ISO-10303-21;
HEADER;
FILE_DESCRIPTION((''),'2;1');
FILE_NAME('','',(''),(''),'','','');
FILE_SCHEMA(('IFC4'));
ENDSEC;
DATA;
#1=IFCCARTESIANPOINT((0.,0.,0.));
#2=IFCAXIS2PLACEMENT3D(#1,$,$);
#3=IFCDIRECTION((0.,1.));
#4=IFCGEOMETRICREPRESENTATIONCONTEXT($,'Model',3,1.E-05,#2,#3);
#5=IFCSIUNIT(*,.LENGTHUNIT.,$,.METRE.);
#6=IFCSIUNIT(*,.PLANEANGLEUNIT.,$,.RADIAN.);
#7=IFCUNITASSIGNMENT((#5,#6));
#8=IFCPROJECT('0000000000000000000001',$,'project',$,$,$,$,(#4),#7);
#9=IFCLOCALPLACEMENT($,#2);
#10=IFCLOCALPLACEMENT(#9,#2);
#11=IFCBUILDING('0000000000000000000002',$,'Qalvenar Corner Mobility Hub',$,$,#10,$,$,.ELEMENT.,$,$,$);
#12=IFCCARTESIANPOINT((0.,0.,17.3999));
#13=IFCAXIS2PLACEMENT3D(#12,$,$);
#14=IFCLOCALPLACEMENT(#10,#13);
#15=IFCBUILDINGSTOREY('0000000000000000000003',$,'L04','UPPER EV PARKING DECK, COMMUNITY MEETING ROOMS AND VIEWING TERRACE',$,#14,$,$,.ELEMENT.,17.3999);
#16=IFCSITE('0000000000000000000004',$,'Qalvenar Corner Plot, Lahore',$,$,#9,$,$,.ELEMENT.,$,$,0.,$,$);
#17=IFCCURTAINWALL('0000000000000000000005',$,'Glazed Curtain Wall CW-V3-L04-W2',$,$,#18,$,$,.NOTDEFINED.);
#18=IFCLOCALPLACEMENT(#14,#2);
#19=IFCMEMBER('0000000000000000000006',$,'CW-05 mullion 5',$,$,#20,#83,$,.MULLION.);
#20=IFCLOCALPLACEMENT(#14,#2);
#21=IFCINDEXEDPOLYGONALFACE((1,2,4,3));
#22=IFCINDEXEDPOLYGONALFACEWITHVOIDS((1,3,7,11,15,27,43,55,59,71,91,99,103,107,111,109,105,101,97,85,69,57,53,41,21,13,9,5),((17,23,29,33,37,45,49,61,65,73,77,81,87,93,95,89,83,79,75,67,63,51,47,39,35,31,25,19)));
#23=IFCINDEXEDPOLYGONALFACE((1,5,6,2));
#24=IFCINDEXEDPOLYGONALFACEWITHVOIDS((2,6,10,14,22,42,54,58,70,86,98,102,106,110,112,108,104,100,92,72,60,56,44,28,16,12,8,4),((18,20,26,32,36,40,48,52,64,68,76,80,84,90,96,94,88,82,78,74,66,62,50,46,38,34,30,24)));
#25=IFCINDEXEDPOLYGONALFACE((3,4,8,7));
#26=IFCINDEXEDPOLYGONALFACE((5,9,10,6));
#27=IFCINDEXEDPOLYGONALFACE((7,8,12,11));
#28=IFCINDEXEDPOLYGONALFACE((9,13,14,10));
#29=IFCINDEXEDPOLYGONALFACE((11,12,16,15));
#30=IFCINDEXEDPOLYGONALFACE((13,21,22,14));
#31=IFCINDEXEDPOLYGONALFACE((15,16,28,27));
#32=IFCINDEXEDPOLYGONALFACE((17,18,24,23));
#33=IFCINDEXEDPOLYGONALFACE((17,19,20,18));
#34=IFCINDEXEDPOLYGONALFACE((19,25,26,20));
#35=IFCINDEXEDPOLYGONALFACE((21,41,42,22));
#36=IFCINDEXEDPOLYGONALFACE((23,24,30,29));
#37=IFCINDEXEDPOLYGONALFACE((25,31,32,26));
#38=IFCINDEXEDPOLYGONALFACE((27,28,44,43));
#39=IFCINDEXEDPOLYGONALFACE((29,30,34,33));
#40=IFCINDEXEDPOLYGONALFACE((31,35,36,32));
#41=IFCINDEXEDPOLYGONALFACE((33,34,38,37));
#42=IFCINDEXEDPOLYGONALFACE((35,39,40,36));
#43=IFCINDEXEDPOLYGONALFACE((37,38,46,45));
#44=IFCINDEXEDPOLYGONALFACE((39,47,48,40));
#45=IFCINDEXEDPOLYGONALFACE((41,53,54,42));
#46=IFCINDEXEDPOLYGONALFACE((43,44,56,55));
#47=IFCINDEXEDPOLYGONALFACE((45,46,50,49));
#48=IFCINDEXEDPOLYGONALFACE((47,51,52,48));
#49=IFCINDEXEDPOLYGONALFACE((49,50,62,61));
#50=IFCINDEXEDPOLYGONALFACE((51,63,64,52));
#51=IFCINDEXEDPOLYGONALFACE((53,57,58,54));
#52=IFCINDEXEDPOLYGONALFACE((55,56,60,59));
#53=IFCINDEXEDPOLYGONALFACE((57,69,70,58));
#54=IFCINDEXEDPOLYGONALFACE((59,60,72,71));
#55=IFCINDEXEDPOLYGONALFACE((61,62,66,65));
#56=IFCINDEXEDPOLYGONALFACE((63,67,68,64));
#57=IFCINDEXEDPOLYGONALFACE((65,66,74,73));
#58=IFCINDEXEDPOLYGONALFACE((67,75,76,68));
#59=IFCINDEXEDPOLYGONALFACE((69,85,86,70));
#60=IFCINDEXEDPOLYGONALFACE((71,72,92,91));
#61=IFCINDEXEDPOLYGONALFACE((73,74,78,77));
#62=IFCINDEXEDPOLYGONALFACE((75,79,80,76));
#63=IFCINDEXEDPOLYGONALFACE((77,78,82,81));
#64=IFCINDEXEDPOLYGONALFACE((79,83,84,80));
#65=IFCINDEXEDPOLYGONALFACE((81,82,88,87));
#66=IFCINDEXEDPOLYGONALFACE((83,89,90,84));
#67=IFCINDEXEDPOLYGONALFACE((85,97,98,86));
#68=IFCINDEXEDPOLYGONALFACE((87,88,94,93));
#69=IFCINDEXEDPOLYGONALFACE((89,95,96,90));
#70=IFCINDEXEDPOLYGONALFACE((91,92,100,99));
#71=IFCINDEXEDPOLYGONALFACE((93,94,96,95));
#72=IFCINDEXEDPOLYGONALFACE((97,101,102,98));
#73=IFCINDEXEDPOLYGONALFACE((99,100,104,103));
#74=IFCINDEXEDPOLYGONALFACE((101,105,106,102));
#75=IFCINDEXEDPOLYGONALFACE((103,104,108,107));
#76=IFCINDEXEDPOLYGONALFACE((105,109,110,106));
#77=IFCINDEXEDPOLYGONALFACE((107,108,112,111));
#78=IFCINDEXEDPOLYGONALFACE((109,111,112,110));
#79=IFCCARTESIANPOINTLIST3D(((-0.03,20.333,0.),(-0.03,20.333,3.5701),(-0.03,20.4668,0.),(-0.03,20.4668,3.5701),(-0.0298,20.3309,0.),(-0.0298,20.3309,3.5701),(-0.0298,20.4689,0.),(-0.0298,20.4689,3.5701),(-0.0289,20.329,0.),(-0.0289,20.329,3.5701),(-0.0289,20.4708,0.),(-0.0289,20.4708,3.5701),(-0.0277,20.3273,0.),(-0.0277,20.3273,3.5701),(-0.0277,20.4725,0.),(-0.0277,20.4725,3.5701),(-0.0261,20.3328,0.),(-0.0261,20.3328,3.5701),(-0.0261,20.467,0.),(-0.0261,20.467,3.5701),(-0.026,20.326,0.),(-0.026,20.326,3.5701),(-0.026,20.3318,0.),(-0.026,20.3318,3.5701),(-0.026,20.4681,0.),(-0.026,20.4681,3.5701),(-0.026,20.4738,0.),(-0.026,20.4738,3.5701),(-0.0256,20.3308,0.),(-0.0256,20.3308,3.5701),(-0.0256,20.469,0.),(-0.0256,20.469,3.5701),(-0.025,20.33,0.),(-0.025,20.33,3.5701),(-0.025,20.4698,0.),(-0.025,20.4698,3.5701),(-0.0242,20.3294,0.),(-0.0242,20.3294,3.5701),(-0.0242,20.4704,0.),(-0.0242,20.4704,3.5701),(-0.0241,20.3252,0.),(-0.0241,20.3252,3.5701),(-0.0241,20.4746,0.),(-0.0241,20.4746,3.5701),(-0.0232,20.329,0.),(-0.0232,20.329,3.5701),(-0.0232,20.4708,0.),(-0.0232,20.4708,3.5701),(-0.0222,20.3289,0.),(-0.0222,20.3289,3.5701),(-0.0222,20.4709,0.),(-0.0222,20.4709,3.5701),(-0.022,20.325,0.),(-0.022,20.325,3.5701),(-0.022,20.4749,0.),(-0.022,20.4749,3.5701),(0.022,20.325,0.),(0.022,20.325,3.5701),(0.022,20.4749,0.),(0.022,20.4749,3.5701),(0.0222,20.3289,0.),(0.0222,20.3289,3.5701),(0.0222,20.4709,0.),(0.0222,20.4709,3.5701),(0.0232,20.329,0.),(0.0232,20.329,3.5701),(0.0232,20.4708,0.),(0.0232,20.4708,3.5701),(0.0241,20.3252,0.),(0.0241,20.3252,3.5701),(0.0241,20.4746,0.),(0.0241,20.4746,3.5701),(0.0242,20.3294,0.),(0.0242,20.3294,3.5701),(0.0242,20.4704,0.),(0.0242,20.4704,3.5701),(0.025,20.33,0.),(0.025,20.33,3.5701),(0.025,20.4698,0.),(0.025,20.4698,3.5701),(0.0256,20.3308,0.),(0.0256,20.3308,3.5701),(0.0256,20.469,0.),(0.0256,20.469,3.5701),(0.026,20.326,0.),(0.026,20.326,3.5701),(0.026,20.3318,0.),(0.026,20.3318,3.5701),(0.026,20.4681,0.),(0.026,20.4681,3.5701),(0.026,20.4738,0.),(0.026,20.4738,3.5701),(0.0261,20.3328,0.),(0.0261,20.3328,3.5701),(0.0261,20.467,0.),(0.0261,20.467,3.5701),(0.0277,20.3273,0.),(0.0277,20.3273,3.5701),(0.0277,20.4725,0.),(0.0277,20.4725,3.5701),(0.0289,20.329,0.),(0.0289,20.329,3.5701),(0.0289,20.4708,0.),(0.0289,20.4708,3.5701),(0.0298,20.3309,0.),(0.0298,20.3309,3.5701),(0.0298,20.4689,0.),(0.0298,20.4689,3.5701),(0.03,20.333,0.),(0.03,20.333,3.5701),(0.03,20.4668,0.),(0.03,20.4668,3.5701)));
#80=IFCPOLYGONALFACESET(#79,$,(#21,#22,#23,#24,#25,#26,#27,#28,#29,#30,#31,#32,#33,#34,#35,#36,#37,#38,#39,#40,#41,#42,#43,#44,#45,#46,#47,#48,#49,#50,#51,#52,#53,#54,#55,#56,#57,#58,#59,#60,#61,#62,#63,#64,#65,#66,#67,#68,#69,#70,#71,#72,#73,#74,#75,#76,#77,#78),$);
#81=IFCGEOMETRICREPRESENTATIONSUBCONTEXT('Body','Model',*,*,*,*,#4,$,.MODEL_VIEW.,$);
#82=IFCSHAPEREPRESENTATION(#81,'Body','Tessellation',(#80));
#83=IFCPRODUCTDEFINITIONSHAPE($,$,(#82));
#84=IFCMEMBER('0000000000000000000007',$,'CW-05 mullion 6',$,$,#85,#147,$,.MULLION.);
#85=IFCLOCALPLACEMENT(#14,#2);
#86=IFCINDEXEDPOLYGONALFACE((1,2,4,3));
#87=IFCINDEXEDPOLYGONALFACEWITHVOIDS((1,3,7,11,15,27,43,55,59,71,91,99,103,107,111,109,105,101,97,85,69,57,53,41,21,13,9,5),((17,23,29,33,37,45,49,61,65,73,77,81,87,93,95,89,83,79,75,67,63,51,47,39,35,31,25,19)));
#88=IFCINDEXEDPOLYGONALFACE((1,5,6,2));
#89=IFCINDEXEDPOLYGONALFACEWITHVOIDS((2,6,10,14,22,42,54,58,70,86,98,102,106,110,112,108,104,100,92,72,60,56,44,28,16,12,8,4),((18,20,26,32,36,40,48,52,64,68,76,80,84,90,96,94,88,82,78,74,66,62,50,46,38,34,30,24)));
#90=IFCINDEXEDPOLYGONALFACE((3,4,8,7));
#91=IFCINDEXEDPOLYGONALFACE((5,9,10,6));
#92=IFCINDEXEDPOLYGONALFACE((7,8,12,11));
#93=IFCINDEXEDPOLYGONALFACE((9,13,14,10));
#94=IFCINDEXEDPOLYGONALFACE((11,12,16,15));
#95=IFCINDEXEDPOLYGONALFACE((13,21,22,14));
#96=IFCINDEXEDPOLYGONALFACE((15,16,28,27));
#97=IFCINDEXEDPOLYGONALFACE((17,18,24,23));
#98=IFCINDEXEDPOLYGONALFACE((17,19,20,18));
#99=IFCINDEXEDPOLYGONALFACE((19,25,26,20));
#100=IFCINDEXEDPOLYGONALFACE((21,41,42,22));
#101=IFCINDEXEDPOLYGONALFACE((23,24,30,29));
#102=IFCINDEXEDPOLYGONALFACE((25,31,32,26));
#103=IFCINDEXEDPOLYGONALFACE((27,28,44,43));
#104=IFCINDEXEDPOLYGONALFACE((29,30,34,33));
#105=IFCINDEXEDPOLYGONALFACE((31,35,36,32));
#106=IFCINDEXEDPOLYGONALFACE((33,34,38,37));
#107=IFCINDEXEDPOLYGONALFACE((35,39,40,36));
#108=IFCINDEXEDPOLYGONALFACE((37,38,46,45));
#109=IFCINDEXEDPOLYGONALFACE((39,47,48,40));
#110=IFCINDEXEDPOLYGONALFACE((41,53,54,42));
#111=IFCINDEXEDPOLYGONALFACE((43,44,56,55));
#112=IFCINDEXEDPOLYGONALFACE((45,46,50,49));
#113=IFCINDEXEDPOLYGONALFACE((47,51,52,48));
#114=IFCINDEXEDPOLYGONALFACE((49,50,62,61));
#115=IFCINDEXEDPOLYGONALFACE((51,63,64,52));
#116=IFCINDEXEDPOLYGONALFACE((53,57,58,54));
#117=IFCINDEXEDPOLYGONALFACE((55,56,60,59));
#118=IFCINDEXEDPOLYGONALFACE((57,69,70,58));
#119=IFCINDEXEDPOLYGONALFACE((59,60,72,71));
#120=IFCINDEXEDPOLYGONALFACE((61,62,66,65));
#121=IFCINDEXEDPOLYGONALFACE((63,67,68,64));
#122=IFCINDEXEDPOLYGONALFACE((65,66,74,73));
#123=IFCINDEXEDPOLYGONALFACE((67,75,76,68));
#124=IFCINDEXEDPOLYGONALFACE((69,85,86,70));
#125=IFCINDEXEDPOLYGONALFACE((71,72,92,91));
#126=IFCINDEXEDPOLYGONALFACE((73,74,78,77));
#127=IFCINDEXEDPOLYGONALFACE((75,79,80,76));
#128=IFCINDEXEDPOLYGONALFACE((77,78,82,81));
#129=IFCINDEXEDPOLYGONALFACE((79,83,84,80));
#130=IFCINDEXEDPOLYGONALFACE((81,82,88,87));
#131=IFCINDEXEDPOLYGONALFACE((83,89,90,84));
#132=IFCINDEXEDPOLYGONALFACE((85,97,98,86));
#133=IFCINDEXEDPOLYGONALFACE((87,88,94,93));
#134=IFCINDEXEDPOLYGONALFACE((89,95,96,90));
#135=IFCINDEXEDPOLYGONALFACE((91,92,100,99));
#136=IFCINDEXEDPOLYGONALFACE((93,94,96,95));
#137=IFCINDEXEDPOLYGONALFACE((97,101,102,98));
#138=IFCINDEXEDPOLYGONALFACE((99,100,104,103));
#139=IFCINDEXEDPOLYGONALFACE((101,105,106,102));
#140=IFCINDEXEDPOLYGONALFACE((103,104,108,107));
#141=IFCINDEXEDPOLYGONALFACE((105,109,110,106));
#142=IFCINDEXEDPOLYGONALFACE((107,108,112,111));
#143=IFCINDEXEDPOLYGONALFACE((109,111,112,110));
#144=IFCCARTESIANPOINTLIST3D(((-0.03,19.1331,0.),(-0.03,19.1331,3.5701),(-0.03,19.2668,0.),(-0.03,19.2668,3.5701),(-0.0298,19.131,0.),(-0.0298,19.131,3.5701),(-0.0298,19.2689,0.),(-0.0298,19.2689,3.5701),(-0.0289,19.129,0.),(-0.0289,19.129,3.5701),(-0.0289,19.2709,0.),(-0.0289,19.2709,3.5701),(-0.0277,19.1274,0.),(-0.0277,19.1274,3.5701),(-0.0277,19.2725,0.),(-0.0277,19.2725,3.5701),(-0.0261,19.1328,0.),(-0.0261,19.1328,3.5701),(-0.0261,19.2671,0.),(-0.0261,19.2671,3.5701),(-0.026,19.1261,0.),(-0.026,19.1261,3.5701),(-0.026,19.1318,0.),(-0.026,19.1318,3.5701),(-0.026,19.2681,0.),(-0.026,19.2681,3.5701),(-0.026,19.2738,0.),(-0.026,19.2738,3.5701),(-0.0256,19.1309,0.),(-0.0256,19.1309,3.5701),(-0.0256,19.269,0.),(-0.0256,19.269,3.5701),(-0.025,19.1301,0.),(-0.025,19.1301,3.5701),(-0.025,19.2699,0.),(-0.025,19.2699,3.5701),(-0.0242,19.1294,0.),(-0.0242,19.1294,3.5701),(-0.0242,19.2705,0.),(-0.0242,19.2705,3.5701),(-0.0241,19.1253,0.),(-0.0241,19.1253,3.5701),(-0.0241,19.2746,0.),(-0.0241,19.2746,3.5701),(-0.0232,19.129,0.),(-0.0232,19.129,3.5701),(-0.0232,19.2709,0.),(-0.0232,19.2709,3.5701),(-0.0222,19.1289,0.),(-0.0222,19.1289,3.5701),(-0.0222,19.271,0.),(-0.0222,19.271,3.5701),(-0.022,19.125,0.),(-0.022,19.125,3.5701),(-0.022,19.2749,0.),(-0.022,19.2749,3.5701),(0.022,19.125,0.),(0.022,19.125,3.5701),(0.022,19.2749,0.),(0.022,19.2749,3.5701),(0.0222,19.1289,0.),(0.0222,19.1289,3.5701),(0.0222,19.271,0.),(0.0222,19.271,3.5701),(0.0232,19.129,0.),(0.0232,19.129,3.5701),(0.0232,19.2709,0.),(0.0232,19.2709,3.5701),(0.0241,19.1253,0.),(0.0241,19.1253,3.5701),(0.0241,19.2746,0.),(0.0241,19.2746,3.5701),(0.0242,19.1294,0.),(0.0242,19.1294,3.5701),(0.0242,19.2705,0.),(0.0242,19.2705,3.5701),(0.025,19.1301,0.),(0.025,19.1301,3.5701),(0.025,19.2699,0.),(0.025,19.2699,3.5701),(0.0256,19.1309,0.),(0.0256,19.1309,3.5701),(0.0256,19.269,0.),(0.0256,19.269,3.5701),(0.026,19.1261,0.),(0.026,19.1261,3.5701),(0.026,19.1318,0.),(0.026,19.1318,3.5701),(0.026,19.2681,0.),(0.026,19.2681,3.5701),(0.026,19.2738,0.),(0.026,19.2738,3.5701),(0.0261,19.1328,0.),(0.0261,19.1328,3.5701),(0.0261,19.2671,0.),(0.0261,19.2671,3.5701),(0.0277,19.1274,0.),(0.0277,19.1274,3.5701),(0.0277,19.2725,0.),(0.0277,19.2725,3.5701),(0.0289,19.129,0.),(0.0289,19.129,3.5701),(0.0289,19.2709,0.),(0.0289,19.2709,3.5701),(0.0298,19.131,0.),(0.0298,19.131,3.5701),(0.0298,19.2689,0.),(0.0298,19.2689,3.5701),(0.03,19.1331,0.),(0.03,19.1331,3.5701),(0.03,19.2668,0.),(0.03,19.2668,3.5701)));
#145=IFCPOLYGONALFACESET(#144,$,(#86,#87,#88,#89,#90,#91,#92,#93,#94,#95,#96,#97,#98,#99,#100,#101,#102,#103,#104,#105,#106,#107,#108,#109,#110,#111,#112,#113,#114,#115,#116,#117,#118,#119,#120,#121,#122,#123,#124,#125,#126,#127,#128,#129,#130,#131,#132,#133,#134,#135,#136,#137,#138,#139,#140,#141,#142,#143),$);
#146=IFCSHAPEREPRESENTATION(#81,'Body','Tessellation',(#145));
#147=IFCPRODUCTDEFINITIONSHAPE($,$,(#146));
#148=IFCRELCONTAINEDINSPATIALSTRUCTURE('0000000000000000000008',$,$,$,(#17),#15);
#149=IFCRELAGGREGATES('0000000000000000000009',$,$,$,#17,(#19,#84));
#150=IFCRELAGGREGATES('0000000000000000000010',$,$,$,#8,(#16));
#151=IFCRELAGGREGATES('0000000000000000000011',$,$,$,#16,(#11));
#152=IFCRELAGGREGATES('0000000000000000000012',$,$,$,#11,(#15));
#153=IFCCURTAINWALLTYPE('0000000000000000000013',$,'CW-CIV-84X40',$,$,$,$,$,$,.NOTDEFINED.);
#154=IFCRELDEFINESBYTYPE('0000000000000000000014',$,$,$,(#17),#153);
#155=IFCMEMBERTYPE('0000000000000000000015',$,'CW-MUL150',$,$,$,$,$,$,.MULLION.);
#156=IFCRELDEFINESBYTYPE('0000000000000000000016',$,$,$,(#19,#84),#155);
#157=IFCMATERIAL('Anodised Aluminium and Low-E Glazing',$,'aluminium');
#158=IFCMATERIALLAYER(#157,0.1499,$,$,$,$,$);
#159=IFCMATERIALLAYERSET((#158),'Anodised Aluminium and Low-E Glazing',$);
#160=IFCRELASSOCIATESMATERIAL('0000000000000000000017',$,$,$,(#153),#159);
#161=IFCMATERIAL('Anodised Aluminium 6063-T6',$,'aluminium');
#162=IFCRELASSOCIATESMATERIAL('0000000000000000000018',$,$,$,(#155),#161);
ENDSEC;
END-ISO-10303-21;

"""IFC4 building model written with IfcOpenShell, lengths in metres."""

from ifc_helpers import new_model, si_unit, direction, frame, origin, origin_2d, place, context, subcontext, project, spatial, hollow_rectangle, extrude, material, layer, layer_set, material_profile, profile_set, type_object, element, aggregate, save


model = new_model("IFC4")

# Units and contexts
model_context = context("Model", 3, precision=1e-05, world=origin(), true_north=direction((0.0, 1.0)))
body_context = subcontext(model_context, "Body", "Model", "MODEL_VIEW")
ifc_project = project(units=[si_unit("LENGTHUNIT", "METRE"), si_unit("PLANEANGLEUNIT", "RADIAN")], contexts=[model_context])

# Site, building, storey
site_placement = place(None, origin())
site = spatial("IfcSite", under=ifc_project, at=site_placement, Name="Qalvenar Corner Plot, Lahore", CompositionType="ELEMENT", RefElevation=0.0)
building_placement = place(site_placement, origin())
building = spatial("IfcBuilding", under=site, at=building_placement, Name="Qalvenar Corner Mobility Hub", CompositionType="ELEMENT")
storey_placement = place(building_placement, frame((0.0, 0.0, 17.3999)))
storey = spatial("IfcBuildingStorey", under=building, at=storey_placement, Name="L04", Description="UPPER EV PARKING DECK, COMMUNITY MEETING ROOMS AND VIEWING TERRACE", CompositionType="ELEMENT", Elevation=17.3999)

# Curtain wall, members
ifc_material_1 = material(Name="Anodised Aluminium and Low-E Glazing", Category="aluminium")
ifc_layer_1 = layer(ifc_material_1, 0.1499)
ifc_layer_set_1 = layer_set([ifc_layer_1], Name="Anodised Aluminium and Low-E Glazing")
curtain_wall_type = type_object("IfcCurtainWallType", Name="CW-CIV-84X40", PredefinedType="NOTDEFINED", material=ifc_layer_set_1)
curtain_wall_placement = place(storey_placement, origin())
curtain_wall = element("IfcCurtainWall", 1, at=curtain_wall_placement, inside=storey, type_object=curtain_wall_type, Name="Glazed Curtain Wall CW-V3-L04-W2", PredefinedType="NOTDEFINED")
ifc_material_2 = material(Name="Anodised Aluminium 6063-T6", Category="aluminium")
ifc_material_profile_1 = material_profile(ifc_material_2, hollow_rectangle(XDim=0.0601, YDim=0.1499, WallThickness=0.0039, InnerFilletRadius=0.0039, OuterFilletRadius=0.0081, at=origin_2d()), Name="RHS150x60x4")
ifc_profile_set_1 = profile_set([ifc_material_profile_1], Name="Anodised Aluminium 6063-T6")
member_type_1 = type_object("IfcMemberType", Name="CW-MUL150", PredefinedType="MULLION", material=ifc_profile_set_1)
member_1_placement = place(storey_placement, frame((0.0, 20.3999, 0.0), z_axis=(0.0, 0.0, 1.0), x_axis=(1.0, 0.0, 0.0)))
member_1 = element("IfcMember", 2, at=member_1_placement, type_object=member_type_1, Name="CW-05 mullion 5", PredefinedType="MULLION", context=body_context, shape_type="SweptSolid", body=[
    extrude(hollow_rectangle(XDim=0.0601, YDim=0.1499, WallThickness=0.0039, InnerFilletRadius=0.0039, OuterFilletRadius=0.0081, at=origin_2d()), origin(), (0.0, 0.0, 1.0), 3.5701),
])
member_2_placement = place(storey_placement, frame((0.0, 19.2, 0.0), z_axis=(0.0, 0.0, 1.0), x_axis=(1.0, 0.0, 0.0)))
member_2 = element("IfcMember", 3, at=member_2_placement, type_object=member_type_1, Name="CW-05 mullion 6", PredefinedType="MULLION", context=body_context, shape_type="SweptSolid", body=[
    extrude(hollow_rectangle(XDim=0.0601, YDim=0.1499, WallThickness=0.0039, InnerFilletRadius=0.0039, OuterFilletRadius=0.0081, at=origin_2d()), origin(), (0.0, 0.0, 1.0), 3.5701),
])
aggregate(curtain_wall, [member_1, member_2])

save(model, "model.ifc")
